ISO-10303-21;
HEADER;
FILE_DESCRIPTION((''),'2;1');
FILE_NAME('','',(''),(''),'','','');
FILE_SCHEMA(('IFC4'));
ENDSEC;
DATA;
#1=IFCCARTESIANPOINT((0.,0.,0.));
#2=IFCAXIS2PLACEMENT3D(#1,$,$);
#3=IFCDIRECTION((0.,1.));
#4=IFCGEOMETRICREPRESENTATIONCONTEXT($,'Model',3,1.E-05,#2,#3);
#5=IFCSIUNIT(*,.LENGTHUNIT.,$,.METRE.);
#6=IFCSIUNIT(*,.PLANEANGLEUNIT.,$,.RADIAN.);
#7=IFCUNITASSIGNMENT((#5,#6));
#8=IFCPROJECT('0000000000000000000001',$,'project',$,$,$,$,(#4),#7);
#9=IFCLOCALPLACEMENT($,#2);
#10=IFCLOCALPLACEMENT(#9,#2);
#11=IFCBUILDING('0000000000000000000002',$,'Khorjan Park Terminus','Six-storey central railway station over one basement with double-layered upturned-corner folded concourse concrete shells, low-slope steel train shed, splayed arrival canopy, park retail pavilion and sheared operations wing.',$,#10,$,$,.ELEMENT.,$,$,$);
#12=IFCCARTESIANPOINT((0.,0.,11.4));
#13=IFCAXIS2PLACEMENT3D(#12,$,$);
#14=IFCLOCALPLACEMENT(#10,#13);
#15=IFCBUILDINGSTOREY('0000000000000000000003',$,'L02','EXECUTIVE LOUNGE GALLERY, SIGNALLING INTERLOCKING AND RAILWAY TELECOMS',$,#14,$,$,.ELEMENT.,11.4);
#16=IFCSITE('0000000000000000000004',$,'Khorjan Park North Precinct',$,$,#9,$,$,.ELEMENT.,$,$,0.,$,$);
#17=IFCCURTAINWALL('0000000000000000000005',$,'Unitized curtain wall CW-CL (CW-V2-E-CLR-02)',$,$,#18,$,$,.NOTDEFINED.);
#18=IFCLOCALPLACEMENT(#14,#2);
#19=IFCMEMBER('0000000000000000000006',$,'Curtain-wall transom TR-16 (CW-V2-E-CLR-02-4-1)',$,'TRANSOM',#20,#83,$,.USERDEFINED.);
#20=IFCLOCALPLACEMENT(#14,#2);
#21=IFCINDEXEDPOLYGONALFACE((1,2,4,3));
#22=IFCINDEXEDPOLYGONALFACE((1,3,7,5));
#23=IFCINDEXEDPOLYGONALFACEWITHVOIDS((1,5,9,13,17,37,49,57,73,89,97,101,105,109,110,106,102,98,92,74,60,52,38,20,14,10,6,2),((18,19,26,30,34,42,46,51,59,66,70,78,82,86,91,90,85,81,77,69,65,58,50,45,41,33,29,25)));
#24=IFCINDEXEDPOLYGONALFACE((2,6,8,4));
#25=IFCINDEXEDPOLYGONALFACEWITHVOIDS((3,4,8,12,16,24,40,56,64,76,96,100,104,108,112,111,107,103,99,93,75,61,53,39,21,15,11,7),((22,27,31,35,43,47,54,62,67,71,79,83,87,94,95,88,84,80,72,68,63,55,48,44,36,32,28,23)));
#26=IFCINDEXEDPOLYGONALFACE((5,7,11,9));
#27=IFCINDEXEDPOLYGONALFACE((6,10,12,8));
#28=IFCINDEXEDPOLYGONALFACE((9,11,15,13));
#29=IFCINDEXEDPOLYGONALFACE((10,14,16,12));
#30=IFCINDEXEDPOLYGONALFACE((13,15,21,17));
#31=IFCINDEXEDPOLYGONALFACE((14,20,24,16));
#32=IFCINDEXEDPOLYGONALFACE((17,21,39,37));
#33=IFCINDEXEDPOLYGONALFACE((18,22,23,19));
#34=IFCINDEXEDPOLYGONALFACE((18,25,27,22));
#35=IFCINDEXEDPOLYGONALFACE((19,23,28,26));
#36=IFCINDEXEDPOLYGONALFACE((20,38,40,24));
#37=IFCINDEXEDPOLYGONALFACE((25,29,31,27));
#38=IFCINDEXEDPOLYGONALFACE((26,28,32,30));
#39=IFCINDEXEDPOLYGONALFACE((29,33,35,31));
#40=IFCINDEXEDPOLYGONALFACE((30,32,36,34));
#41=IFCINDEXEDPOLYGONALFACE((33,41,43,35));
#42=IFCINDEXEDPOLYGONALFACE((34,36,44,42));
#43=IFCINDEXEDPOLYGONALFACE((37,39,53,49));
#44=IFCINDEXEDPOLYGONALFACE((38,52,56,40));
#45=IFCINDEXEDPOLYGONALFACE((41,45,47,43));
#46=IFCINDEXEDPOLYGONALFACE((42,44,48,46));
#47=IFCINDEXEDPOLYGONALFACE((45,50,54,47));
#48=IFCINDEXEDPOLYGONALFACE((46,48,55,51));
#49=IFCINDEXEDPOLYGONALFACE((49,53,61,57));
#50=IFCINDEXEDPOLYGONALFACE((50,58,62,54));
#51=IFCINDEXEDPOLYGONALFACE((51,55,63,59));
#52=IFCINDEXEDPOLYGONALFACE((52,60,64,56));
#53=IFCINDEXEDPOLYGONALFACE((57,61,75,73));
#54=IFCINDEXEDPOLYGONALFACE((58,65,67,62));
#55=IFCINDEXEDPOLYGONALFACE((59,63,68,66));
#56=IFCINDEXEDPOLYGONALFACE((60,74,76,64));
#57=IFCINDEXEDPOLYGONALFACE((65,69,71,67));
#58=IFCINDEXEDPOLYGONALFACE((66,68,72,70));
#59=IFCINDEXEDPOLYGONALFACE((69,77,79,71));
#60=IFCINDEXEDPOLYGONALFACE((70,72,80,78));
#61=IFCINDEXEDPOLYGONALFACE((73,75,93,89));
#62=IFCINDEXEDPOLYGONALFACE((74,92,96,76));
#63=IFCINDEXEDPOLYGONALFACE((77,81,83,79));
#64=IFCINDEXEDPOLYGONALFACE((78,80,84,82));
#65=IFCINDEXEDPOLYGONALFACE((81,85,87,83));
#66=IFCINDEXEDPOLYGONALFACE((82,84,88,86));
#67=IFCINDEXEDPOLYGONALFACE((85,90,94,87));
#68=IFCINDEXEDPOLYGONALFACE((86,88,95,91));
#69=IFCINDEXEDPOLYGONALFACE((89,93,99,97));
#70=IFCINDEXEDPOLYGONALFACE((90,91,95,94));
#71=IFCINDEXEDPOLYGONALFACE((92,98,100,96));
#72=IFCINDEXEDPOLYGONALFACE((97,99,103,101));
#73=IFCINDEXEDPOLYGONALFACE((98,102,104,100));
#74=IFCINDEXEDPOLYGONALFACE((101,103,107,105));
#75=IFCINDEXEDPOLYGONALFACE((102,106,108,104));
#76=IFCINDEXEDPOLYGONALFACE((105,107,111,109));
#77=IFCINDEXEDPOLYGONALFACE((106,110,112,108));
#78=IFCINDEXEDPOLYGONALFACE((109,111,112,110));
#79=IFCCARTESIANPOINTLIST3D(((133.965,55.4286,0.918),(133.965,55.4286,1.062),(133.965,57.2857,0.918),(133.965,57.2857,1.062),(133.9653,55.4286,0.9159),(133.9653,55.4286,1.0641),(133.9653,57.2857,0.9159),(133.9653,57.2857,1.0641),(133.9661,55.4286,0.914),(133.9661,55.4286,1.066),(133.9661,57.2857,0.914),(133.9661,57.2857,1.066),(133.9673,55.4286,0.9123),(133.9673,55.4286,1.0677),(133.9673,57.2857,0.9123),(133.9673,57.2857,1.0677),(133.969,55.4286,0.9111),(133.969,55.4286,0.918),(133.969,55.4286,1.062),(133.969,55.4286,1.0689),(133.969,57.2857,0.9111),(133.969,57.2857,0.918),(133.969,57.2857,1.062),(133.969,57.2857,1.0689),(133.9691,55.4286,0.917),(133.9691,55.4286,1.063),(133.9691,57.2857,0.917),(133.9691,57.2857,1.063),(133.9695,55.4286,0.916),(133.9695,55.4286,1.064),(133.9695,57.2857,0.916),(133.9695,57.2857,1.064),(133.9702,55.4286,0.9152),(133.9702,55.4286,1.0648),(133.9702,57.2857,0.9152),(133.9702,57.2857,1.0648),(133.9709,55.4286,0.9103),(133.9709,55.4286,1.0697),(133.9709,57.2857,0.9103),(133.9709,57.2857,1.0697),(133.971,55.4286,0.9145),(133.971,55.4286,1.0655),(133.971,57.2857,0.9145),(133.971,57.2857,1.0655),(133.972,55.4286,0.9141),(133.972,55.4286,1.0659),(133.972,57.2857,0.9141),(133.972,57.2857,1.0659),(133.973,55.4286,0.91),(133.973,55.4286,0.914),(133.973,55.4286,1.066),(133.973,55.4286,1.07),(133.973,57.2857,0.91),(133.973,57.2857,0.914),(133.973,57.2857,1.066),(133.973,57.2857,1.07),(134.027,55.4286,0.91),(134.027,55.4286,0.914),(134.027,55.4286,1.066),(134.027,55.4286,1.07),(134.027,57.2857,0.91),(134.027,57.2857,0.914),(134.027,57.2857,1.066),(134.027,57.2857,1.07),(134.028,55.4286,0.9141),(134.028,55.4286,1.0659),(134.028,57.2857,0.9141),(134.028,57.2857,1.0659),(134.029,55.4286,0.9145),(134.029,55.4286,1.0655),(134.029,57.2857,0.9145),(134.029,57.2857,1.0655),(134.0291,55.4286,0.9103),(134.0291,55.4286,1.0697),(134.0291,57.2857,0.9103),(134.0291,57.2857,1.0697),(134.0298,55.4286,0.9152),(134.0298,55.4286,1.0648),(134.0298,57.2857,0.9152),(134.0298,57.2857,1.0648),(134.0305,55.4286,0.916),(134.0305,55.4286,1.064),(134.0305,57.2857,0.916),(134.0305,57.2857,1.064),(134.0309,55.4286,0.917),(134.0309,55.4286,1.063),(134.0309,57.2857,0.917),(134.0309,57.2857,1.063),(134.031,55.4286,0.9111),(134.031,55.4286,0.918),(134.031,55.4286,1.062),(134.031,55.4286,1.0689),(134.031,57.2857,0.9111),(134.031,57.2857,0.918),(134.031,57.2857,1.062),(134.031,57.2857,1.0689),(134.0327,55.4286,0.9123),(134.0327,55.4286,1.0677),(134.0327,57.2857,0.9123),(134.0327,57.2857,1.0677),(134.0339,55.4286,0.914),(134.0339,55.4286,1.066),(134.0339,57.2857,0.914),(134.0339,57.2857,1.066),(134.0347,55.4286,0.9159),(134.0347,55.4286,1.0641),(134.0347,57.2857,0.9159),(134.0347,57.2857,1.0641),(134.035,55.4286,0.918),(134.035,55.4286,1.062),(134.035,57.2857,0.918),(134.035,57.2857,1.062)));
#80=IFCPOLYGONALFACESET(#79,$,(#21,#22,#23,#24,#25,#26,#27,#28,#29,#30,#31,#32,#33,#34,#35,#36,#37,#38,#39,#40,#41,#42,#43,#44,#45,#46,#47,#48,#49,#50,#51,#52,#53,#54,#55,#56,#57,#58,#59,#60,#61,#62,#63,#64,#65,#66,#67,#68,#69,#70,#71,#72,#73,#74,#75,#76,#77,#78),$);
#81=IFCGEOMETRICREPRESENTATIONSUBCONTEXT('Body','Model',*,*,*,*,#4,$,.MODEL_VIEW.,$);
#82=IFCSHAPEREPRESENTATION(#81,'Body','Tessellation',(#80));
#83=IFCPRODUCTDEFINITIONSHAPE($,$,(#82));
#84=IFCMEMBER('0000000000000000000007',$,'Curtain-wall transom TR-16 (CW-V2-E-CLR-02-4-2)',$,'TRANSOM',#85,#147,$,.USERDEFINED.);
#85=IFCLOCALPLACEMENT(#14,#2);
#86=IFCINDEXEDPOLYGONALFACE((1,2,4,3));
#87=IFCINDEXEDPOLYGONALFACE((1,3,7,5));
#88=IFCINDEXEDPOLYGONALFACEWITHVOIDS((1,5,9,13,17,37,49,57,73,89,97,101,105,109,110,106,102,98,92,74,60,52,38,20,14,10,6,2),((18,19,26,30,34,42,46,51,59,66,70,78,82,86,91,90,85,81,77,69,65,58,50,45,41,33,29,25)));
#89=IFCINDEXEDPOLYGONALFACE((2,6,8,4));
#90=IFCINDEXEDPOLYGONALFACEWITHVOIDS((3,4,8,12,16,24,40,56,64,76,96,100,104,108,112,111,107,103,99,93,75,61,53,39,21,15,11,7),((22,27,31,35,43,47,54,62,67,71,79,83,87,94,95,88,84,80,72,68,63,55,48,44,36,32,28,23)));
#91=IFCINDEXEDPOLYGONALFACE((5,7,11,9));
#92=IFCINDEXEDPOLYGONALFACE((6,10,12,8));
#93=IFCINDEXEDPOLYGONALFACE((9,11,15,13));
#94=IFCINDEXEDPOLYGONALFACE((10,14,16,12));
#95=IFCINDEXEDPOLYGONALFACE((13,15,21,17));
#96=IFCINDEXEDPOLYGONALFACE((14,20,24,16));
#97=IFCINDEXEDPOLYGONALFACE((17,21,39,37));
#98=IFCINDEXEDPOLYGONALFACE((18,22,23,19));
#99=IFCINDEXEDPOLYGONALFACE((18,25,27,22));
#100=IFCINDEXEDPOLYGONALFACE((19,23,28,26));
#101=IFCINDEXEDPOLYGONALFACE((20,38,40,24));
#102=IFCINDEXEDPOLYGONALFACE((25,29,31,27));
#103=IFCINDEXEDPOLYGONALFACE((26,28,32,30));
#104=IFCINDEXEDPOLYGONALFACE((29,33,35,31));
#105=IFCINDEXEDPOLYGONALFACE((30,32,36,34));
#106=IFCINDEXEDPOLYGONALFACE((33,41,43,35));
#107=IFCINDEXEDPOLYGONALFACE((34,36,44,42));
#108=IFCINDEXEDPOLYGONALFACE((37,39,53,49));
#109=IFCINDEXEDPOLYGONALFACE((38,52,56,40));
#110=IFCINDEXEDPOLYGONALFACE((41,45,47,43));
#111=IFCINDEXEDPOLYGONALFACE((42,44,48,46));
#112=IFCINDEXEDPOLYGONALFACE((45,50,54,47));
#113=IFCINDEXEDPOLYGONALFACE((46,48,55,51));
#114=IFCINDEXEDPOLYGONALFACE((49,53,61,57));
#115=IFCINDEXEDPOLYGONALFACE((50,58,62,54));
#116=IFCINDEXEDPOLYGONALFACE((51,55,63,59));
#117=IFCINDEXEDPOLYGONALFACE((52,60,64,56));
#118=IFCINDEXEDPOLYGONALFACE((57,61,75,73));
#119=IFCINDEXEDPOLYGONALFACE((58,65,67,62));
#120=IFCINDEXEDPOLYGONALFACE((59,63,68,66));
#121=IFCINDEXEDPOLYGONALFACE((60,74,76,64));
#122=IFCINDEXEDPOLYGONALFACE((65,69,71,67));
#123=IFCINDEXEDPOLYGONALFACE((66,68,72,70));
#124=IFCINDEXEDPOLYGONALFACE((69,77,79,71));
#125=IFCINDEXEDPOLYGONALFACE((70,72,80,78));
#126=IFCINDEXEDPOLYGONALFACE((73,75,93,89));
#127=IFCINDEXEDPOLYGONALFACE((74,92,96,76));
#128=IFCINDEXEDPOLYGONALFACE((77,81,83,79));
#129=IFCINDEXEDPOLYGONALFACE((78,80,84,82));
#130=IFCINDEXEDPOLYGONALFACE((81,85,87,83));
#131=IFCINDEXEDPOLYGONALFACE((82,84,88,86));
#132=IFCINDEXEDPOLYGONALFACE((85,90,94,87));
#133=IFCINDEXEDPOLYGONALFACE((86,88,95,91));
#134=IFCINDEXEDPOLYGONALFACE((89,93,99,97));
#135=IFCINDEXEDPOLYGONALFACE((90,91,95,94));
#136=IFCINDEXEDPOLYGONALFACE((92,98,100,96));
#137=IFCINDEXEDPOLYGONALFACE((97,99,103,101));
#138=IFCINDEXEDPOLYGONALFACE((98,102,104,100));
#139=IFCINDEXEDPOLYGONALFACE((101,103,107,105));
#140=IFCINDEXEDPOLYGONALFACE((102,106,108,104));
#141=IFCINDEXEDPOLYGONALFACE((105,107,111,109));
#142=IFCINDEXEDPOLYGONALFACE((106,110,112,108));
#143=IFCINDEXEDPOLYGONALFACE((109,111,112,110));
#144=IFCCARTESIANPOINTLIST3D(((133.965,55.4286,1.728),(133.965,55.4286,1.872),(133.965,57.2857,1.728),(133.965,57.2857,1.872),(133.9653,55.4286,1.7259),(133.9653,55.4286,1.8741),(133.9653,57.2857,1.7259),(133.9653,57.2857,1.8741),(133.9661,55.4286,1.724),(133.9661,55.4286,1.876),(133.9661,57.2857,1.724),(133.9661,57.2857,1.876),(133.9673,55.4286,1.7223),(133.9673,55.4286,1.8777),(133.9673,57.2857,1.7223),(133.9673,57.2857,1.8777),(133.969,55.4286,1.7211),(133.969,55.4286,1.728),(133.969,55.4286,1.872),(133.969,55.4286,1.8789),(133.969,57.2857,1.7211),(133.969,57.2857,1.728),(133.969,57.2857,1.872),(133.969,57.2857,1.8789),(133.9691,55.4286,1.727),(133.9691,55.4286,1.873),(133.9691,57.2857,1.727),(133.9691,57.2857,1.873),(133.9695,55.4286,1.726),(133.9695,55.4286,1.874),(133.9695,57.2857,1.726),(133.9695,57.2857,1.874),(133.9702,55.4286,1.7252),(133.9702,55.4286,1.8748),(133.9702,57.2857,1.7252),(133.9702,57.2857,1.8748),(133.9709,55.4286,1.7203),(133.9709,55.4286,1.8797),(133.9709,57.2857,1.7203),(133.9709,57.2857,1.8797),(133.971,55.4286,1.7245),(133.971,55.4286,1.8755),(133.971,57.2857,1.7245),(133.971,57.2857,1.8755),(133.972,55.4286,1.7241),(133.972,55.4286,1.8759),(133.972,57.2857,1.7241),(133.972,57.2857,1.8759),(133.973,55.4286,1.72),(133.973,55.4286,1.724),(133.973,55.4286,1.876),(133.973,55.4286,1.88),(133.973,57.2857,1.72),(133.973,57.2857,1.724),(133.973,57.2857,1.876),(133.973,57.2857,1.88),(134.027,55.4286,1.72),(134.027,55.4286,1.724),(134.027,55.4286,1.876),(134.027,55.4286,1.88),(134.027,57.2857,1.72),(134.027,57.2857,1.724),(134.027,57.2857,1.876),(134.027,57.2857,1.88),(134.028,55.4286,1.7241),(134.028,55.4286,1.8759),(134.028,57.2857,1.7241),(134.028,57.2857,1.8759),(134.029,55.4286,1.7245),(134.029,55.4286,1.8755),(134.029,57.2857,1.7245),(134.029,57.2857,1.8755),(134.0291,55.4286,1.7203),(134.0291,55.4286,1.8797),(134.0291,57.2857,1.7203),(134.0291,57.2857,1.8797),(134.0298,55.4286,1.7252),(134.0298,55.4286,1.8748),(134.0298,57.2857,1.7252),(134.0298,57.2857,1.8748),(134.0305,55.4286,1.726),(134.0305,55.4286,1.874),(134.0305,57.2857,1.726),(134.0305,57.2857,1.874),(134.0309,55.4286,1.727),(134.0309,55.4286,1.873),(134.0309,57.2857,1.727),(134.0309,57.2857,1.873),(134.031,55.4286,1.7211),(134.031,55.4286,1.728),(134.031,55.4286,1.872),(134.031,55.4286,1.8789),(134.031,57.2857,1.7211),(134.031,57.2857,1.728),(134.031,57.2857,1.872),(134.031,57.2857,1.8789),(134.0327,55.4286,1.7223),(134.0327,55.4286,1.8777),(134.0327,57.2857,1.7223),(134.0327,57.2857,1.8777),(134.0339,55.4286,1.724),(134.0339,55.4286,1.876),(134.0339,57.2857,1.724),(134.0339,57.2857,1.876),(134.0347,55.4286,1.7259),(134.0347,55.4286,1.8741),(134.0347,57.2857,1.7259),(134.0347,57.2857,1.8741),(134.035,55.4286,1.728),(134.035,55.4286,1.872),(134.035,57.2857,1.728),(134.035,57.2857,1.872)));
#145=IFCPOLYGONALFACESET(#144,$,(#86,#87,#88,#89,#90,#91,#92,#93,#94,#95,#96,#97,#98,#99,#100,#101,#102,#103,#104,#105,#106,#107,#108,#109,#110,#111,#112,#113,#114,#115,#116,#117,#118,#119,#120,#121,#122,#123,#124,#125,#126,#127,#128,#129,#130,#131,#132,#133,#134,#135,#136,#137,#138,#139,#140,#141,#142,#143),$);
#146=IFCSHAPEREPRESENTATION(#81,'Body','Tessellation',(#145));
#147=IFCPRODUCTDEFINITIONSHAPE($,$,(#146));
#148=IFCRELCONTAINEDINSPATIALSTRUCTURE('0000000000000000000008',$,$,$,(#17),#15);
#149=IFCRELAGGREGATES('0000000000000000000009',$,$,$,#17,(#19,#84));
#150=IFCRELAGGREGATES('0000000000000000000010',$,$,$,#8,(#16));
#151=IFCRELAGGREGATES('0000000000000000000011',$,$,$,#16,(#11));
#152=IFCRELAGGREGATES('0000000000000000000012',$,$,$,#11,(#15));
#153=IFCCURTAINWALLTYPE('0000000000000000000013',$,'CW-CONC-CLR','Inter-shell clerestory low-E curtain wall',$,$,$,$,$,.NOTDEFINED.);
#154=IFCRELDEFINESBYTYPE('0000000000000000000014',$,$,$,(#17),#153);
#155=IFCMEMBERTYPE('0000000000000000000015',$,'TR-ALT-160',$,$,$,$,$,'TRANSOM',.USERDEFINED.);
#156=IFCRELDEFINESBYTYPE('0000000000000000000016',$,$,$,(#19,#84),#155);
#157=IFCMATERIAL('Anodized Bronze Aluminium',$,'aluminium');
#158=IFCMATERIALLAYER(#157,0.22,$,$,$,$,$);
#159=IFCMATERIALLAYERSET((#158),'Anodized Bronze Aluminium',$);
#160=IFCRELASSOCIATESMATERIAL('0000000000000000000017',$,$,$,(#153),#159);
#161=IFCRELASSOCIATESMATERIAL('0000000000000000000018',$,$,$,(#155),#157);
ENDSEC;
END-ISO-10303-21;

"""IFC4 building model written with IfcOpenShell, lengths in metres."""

from ifc_helpers import new_model, si_unit, direction, frame, origin, origin_2d, place, context, subcontext, project, spatial, hollow_rectangle, extrude, material, layer, layer_set, material_profile, profile_set, type_object, element, aggregate, save


model = new_model("IFC4")

# Units and contexts
model_context = context("Model", 3, precision=1e-05, world=origin(), true_north=direction((0.0, 1.0)))
body_context = subcontext(model_context, "Body", "Model", "MODEL_VIEW")
ifc_project = project(units=[si_unit("LENGTHUNIT", "METRE"), si_unit("PLANEANGLEUNIT", "RADIAN")], contexts=[model_context])

# Site, building, storey
site_placement = place(None, origin())
site = spatial("IfcSite", under=ifc_project, at=site_placement, Name="Khorjan Park North Precinct", CompositionType="ELEMENT", RefElevation=0.0)
building_placement = place(site_placement, origin())
building = spatial("IfcBuilding", under=site, at=building_placement, Name="Khorjan Park Terminus", Description="Six-storey central railway station over one basement with double-layered upturned-corner folded concourse concrete shells, low-slope steel train shed, splayed arrival canopy, park retail pavilion and sheared operations wing.", CompositionType="ELEMENT")
storey_placement = place(building_placement, frame((0.0, 0.0, 11.4)))
storey = spatial("IfcBuildingStorey", under=building, at=storey_placement, Name="L02", Description="EXECUTIVE LOUNGE GALLERY, SIGNALLING INTERLOCKING AND RAILWAY TELECOMS", CompositionType="ELEMENT", Elevation=11.4)

# Curtain wall, members
ifc_material_1 = material(Name="Anodized Bronze Aluminium", Category="aluminium")
ifc_layer_1 = layer(ifc_material_1, 0.22)
ifc_layer_set_1 = layer_set([ifc_layer_1], Name="Anodized Bronze Aluminium")
curtain_wall_type = type_object("IfcCurtainWallType", Name="CW-CONC-CLR", Description="Inter-shell clerestory low-E curtain wall", PredefinedType="NOTDEFINED", material=ifc_layer_set_1)
curtain_wall_placement = place(storey_placement, origin())
curtain_wall = element("IfcCurtainWall", 1, at=curtain_wall_placement, inside=storey, type_object=curtain_wall_type, Name="Unitized curtain wall CW-CL (CW-V2-E-CLR-02)", PredefinedType="NOTDEFINED")
ifc_material_profile_1 = material_profile(ifc_material_1, hollow_rectangle(XDim=0.07, YDim=0.16, WallThickness=0.004, InnerFilletRadius=0.004, OuterFilletRadius=0.008, at=origin_2d()), Name="ALT 70x160x4")
ifc_profile_set_1 = profile_set([ifc_material_profile_1], Name="Anodized Bronze Aluminium")
member_type_1 = type_object("IfcMemberType", Name="TR-ALT-160", ElementType="TRANSOM", PredefinedType="USERDEFINED", material=ifc_profile_set_1)
member_1_placement = place(storey_placement, frame((134.0, 55.4286, 0.99), z_axis=(0.0, 1.0, 0.0), x_axis=(-1.0, 0.0, 0.0)))
member_1 = element("IfcMember", 2, at=member_1_placement, type_object=member_type_1, Name="Curtain-wall transom TR-16 (CW-V2-E-CLR-02-4-1)", ObjectType="TRANSOM", PredefinedType="USERDEFINED", context=body_context, shape_type="SweptSolid", body=[
    extrude(hollow_rectangle(XDim=0.07, YDim=0.16, WallThickness=0.004, InnerFilletRadius=0.004, OuterFilletRadius=0.008, at=origin_2d()), origin(), (0.0, 0.0, 1.0), 1.8571),
])
member_2_placement = place(storey_placement, frame((134.0, 55.4286, 1.8), z_axis=(0.0, 1.0, 0.0), x_axis=(-1.0, 0.0, 0.0)))
member_2 = element("IfcMember", 3, at=member_2_placement, type_object=member_type_1, Name="Curtain-wall transom TR-16 (CW-V2-E-CLR-02-4-2)", ObjectType="TRANSOM", PredefinedType="USERDEFINED", context=body_context, shape_type="SweptSolid", body=[
    extrude(hollow_rectangle(XDim=0.07, YDim=0.16, WallThickness=0.004, InnerFilletRadius=0.004, OuterFilletRadius=0.008, at=origin_2d()), origin(), (0.0, 0.0, 1.0), 1.8571),
])
aggregate(curtain_wall, [member_1, member_2])

save(model, "model.ifc")
